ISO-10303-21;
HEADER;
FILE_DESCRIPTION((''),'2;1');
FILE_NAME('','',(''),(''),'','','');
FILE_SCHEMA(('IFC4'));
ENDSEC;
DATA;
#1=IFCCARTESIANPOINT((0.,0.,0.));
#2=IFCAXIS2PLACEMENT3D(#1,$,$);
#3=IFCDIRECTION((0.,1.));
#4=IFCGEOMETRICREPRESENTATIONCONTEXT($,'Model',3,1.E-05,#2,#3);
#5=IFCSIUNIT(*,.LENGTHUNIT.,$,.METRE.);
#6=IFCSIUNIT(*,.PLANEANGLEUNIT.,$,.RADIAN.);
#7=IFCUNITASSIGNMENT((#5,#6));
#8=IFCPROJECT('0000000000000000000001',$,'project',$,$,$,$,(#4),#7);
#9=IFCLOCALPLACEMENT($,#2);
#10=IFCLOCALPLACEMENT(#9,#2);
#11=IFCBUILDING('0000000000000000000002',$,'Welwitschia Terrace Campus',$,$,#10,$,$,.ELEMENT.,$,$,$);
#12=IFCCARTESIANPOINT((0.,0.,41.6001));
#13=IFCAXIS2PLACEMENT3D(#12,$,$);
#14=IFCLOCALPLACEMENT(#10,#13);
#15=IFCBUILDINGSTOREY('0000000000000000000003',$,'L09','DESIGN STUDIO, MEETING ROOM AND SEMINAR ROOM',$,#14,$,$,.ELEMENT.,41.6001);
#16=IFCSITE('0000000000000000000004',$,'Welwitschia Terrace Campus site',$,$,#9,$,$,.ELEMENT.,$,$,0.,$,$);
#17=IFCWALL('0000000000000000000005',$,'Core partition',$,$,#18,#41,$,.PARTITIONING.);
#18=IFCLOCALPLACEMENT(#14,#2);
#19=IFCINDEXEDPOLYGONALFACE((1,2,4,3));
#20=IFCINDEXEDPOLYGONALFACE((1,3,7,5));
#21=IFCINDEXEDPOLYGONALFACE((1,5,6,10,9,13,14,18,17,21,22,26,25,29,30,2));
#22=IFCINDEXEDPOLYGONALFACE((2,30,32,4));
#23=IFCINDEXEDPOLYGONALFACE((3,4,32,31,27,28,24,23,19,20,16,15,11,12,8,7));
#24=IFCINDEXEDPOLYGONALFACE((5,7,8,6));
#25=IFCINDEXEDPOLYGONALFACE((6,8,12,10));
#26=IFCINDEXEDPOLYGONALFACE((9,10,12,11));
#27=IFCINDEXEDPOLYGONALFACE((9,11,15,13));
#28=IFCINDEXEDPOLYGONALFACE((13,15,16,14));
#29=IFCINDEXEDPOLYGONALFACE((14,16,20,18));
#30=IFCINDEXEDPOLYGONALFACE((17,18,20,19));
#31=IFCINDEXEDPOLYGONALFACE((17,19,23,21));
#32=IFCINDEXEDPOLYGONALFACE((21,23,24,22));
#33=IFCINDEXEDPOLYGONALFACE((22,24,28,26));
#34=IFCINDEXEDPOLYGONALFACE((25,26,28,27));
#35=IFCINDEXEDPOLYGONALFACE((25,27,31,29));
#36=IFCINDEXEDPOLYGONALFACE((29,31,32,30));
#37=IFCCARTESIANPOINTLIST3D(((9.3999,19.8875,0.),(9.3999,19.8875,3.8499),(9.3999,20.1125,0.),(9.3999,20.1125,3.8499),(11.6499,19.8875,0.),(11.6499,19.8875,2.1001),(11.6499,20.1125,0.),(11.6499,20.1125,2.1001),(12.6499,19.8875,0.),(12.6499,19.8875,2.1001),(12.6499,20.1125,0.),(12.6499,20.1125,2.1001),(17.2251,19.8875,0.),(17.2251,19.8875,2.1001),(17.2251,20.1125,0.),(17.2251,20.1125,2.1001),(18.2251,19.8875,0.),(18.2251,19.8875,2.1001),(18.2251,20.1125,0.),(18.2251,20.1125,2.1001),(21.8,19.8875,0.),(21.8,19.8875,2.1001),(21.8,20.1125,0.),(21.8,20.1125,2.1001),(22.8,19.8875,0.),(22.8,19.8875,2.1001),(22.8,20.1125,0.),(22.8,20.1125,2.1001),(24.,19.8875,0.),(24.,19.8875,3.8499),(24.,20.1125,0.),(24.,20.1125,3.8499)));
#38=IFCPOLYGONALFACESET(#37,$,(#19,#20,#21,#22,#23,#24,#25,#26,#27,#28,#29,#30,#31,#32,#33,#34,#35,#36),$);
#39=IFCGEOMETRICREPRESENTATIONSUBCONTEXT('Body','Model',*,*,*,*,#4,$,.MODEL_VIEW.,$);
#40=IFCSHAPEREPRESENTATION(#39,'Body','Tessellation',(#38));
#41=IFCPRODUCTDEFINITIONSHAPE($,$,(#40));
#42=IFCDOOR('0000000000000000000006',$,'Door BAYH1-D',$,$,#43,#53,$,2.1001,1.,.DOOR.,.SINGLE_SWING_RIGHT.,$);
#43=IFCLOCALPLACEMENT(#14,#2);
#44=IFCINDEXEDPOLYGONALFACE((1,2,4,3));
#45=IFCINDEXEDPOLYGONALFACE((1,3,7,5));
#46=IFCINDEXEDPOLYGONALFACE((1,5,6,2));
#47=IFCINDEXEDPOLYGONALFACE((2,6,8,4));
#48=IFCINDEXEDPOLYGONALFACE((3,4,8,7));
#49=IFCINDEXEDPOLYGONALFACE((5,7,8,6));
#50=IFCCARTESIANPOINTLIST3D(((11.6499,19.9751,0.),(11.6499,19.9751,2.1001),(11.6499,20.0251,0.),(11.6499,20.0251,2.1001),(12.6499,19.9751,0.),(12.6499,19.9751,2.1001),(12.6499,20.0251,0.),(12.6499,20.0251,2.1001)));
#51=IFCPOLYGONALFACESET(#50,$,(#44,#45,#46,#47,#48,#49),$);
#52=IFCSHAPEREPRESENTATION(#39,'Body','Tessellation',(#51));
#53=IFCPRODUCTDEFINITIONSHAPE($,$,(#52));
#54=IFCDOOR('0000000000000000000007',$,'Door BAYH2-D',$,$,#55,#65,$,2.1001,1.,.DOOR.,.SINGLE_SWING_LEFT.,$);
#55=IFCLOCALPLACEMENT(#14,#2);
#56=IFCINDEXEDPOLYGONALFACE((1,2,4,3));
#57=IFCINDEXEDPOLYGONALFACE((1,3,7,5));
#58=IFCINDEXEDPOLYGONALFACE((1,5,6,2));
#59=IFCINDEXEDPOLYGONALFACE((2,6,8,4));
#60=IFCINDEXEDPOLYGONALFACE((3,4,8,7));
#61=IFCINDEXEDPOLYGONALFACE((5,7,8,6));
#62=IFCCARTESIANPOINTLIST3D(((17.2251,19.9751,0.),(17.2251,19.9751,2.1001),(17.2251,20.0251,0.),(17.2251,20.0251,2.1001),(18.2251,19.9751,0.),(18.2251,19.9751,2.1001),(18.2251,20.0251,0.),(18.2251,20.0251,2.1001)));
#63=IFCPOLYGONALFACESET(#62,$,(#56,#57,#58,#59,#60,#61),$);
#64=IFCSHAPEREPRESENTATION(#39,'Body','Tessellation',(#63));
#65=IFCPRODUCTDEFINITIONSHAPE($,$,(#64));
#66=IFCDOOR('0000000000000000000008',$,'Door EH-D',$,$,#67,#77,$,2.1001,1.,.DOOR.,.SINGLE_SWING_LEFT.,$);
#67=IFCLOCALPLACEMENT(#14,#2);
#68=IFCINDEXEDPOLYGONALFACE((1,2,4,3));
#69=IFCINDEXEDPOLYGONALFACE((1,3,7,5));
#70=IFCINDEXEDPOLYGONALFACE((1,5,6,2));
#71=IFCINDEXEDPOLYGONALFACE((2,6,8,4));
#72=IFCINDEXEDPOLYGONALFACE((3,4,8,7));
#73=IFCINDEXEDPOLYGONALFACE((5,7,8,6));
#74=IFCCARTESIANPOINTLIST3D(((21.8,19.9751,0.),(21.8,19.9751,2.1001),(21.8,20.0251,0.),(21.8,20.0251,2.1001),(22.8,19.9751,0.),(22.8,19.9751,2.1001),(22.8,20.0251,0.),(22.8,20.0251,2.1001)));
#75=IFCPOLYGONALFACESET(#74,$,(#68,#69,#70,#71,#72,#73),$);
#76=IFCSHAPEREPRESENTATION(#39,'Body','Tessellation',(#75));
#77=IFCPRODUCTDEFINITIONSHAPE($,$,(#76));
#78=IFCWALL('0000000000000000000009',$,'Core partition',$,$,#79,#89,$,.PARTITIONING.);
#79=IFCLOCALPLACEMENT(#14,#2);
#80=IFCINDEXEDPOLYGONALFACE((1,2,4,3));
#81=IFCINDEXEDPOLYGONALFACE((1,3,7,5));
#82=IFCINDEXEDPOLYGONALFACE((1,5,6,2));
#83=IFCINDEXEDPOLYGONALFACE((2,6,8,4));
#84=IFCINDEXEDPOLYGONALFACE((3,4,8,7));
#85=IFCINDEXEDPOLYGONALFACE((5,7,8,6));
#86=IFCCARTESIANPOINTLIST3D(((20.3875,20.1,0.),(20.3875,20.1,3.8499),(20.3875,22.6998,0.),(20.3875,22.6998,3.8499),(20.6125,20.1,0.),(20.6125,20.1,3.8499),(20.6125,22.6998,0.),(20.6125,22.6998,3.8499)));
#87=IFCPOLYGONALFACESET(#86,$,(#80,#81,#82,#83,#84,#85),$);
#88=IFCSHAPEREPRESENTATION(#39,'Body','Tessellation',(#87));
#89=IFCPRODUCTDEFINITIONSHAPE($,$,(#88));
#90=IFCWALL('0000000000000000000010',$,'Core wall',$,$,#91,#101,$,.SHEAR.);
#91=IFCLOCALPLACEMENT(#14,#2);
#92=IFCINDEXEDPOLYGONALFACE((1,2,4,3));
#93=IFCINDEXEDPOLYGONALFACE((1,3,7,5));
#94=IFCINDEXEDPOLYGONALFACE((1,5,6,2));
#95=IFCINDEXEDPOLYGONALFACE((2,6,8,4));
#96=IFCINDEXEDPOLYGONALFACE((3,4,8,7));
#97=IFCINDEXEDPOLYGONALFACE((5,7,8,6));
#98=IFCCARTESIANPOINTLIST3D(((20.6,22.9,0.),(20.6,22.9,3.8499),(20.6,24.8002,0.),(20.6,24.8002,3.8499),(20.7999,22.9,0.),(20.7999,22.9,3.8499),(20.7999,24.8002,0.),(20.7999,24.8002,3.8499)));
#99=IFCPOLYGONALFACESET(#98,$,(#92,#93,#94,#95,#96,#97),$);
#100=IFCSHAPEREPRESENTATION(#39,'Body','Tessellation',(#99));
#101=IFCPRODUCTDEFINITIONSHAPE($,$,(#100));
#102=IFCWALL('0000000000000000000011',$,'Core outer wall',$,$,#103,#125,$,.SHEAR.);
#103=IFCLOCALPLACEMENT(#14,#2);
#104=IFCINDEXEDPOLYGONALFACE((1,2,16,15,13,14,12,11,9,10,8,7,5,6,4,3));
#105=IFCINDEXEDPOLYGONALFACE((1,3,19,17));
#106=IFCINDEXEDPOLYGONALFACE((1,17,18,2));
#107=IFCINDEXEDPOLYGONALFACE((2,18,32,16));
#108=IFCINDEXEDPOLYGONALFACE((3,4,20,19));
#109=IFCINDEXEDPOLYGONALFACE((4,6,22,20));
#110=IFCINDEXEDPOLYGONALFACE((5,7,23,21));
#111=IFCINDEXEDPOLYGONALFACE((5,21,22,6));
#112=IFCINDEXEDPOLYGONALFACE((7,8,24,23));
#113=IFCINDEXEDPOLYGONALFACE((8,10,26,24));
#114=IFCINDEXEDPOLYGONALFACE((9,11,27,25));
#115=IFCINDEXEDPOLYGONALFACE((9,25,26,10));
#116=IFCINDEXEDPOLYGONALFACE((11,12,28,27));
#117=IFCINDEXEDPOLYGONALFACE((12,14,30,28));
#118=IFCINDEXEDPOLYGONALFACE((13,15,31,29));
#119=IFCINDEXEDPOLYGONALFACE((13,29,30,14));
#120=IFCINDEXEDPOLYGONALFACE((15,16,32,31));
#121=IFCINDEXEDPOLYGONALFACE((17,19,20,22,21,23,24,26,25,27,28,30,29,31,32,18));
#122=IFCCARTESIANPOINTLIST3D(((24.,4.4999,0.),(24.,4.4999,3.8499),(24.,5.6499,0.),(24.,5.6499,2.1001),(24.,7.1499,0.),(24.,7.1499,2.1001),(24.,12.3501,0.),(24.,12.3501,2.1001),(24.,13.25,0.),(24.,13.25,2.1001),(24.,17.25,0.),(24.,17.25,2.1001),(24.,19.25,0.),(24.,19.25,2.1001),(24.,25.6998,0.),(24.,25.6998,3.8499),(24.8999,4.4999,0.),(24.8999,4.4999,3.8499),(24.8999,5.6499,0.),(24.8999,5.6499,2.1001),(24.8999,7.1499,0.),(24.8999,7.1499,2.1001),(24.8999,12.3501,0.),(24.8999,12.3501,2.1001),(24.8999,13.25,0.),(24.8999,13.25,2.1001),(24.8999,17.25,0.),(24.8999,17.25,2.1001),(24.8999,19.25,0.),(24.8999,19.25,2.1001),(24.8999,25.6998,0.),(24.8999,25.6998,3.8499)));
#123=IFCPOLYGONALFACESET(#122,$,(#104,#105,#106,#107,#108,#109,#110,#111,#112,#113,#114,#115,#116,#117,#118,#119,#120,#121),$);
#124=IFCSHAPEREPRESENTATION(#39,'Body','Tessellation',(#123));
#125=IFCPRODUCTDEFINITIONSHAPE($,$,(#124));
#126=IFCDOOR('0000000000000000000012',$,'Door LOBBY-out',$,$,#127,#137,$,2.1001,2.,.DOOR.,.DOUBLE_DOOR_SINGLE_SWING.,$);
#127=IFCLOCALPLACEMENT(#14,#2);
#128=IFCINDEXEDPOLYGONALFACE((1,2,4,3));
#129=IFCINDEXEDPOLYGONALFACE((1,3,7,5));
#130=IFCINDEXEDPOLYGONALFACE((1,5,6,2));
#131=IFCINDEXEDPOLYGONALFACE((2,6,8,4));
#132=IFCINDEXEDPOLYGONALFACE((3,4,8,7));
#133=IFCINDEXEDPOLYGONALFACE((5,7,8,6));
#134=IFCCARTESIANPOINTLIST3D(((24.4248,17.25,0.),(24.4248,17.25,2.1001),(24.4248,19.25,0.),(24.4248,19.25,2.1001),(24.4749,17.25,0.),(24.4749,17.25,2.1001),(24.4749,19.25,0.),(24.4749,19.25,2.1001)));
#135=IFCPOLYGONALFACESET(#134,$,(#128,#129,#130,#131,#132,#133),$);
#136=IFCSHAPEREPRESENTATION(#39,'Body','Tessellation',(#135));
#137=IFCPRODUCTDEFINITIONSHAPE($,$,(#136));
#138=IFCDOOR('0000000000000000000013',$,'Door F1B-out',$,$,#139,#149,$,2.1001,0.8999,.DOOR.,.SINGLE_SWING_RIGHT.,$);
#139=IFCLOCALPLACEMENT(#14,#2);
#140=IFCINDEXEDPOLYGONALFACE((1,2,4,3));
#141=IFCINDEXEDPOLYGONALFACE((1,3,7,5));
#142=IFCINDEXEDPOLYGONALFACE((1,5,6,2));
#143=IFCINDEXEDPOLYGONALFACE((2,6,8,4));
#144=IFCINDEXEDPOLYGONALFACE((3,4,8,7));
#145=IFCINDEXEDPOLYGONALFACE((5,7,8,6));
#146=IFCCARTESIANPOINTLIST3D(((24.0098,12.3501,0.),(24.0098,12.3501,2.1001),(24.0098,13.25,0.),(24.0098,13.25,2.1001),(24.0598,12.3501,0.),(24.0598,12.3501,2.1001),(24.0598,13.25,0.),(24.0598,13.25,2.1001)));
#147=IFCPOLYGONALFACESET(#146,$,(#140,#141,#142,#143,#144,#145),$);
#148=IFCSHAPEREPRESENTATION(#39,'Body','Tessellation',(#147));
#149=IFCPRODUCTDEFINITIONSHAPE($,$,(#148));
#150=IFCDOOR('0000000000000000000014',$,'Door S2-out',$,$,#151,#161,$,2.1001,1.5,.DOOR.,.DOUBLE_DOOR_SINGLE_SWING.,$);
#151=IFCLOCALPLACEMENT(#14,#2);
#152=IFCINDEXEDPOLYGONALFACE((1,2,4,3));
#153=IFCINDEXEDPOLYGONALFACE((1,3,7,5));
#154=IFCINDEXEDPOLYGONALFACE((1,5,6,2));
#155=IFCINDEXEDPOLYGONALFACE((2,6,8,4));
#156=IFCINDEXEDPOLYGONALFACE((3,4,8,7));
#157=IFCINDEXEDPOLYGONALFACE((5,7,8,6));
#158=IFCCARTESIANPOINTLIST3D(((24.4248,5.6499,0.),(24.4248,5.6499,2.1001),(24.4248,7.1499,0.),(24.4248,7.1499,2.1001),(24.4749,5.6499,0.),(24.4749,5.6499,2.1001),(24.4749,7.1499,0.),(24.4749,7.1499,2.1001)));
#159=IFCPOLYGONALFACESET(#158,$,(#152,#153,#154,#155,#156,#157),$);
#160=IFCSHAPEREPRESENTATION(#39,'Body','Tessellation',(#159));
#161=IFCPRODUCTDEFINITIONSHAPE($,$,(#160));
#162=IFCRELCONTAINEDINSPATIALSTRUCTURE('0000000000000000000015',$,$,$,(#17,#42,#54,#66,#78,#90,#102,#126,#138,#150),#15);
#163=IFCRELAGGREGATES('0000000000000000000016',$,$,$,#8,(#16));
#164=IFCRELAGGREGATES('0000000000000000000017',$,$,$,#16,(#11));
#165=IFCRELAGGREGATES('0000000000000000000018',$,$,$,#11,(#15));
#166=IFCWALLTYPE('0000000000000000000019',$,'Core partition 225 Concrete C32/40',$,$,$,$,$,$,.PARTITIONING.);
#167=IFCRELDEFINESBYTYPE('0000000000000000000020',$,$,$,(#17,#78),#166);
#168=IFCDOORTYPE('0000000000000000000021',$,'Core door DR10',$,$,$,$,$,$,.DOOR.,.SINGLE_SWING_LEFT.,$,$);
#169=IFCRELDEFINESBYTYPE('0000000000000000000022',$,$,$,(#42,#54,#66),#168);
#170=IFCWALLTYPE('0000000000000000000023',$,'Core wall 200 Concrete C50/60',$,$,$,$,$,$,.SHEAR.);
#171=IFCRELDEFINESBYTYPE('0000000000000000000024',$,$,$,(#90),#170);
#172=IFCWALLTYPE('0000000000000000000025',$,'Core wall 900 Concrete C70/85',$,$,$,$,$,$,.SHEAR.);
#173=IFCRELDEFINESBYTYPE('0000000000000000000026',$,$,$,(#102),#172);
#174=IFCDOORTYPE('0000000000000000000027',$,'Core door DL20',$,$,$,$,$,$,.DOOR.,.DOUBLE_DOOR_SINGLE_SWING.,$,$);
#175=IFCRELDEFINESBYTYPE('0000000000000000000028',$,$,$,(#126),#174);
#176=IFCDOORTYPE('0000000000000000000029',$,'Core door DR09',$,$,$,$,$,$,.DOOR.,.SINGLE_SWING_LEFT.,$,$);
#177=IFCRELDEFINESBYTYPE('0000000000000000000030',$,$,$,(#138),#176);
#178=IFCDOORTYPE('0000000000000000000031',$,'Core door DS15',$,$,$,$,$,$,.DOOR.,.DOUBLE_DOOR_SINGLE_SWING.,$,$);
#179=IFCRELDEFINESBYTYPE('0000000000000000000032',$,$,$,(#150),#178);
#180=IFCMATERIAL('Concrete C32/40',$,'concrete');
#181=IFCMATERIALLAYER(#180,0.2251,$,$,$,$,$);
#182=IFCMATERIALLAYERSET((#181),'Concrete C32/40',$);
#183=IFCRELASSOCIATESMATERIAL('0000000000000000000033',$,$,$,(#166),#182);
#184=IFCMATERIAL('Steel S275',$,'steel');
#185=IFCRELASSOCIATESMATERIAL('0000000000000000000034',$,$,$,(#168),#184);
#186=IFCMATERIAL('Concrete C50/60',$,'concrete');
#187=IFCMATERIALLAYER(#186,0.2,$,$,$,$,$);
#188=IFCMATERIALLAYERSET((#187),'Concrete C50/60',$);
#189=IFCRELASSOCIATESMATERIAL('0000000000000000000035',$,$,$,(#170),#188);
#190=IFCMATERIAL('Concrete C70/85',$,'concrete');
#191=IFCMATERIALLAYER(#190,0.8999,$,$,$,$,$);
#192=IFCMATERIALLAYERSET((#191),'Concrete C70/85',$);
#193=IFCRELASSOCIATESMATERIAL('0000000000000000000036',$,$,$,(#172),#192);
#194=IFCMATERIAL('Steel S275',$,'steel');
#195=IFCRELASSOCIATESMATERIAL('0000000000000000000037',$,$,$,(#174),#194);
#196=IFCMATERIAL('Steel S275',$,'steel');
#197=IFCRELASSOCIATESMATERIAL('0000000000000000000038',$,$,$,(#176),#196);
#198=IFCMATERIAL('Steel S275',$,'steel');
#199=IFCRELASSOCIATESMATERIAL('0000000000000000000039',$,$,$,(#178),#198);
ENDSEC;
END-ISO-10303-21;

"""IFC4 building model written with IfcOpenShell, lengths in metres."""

from ifc_helpers import new_model, si_unit, direction, frame, frame_2d, origin, place, context, subcontext, project, spatial, rectangle, extrude, material, layer, layer_set, type_object, element, fill, save


model = new_model("IFC4")

# Units and contexts
model_context = context("Model", 3, precision=1e-05, world=origin(), true_north=direction((0.0, 1.0)))
body_context = subcontext(model_context, "Body", "Model", "MODEL_VIEW")
ifc_project = project(units=[si_unit("LENGTHUNIT", "METRE"), si_unit("PLANEANGLEUNIT", "RADIAN")], contexts=[model_context])

# Site, building, storey
site_placement = place(None, origin())
site = spatial("IfcSite", under=ifc_project, at=site_placement, Name="Welwitschia Terrace Campus site", CompositionType="ELEMENT", RefElevation=0.0)
building_placement = place(site_placement, origin())
building = spatial("IfcBuilding", under=site, at=building_placement, Name="Welwitschia Terrace Campus", CompositionType="ELEMENT")
storey_placement = place(building_placement, frame((0.0, 0.0, 41.6001)))
storey = spatial("IfcBuildingStorey", under=building, at=storey_placement, Name="L09", Description="DESIGN STUDIO, MEETING ROOM AND SEMINAR ROOM", CompositionType="ELEMENT", Elevation=41.6001)

# Wall, openings, doors
ifc_material_1 = material(Name="Concrete C32/40", Category="concrete")
ifc_layer_1 = layer(ifc_material_1, 0.2251)
ifc_layer_set_1 = layer_set([ifc_layer_1], Name="Concrete C32/40")
wall_type_1 = type_object("IfcWallType", Name="Core partition 225 Concrete C32/40", PredefinedType="PARTITIONING", material=ifc_layer_set_1)
wall_1_placement = place(storey_placement, frame((24.0, 20.0, 0.0), z_axis=(0.0, 0.0, 1.0), x_axis=(-1.0, 0.0, 0.0)))
wall_1 = element("IfcWall", 1, at=wall_1_placement, inside=storey, type_object=wall_type_1, Name="Core partition", PredefinedType="PARTITIONING", context=body_context, shape_type="SweptSolid", body=[
    extrude(rectangle(XDim=14.6001, YDim=0.2251, at=frame_2d((7.3, 0.0))), origin(), (0.0, 0.0, 1.0), 3.8499),
])
opening_1_placement = place(wall_1_placement, frame((11.3501, 0.0, 0.0)))
opening_1 = element("IfcOpeningElement", 2, at=opening_1_placement, cuts=wall_1, PredefinedType="OPENING", context=body_context, shape_type="SweptSolid", body=[
    extrude(rectangle(XDim=1.0, YDim=2.1001, at=frame_2d((0.5, 1.05))), frame((0.0, 0.1226, 0.0), z_axis=(0.0, -1.0, 0.0), x_axis=(1.0, 0.0, 0.0)), (0.0, 0.0, 1.0), 0.2451),
])
opening_2_placement = place(wall_1_placement, frame((5.7749, 0.0, 0.0)))
opening_2 = element("IfcOpeningElement", 3, at=opening_2_placement, cuts=wall_1, PredefinedType="OPENING", context=body_context, shape_type="SweptSolid", body=[
    extrude(rectangle(XDim=1.0, YDim=2.1001, at=frame_2d((0.5, 1.05))), frame((0.0, 0.1226, 0.0), z_axis=(0.0, -1.0, 0.0), x_axis=(1.0, 0.0, 0.0)), (0.0, 0.0, 1.0), 0.2451),
])
opening_3_placement = place(wall_1_placement, frame((1.2, 0.0, 0.0)))
opening_3 = element("IfcOpeningElement", 4, at=opening_3_placement, cuts=wall_1, PredefinedType="OPENING", context=body_context, shape_type="SweptSolid", body=[
    extrude(rectangle(XDim=1.0, YDim=2.1001, at=frame_2d((0.5, 1.05))), frame((0.0, 0.1226, 0.0), z_axis=(0.0, -1.0, 0.0), x_axis=(1.0, 0.0, 0.0)), (0.0, 0.0, 1.0), 0.2451),
])
ifc_material_2 = material(Name="Steel S275", Category="steel")
door_type_1 = type_object("IfcDoorType", Name="Core door DR10", OperationType="SINGLE_SWING_LEFT", PredefinedType="DOOR", material=ifc_material_2)
door_1_placement = place(opening_1_placement, origin())
door_1 = element("IfcDoor", 5, at=door_1_placement, inside=storey, type_object=door_type_1, Name="Door BAYH1-D", OperationType="SINGLE_SWING_RIGHT", OverallHeight=2.1001, OverallWidth=1.0, PredefinedType="DOOR", context=body_context, shape_type="SweptSolid", body=[
    extrude(rectangle(XDim=1.0, YDim=2.1001, at=frame_2d((0.5, 1.05))), frame((0.0, 0.0249, 0.0), z_axis=(0.0, -1.0, 0.0), x_axis=(1.0, 0.0, 0.0)), (0.0, 0.0, 1.0), 0.05),
])
fill(opening_1, door_1)
door_2_placement = place(opening_2_placement, origin())
door_2 = element("IfcDoor", 6, at=door_2_placement, inside=storey, type_object=door_type_1, Name="Door BAYH2-D", OperationType="SINGLE_SWING_LEFT", OverallHeight=2.1001, OverallWidth=1.0, PredefinedType="DOOR", context=body_context, shape_type="SweptSolid", body=[
    extrude(rectangle(XDim=1.0, YDim=2.1001, at=frame_2d((0.5, 1.05))), frame((0.0, 0.0249, 0.0), z_axis=(0.0, -1.0, 0.0), x_axis=(1.0, 0.0, 0.0)), (0.0, 0.0, 1.0), 0.05),
])
fill(opening_2, door_2)
door_3_placement = place(opening_3_placement, origin())
door_3 = element("IfcDoor", 7, at=door_3_placement, inside=storey, type_object=door_type_1, Name="Door EH-D", OperationType="SINGLE_SWING_LEFT", OverallHeight=2.1001, OverallWidth=1.0, PredefinedType="DOOR", context=body_context, shape_type="SweptSolid", body=[
    extrude(rectangle(XDim=1.0, YDim=2.1001, at=frame_2d((0.5, 1.05))), frame((0.0, 0.0249, 0.0), z_axis=(0.0, -1.0, 0.0), x_axis=(1.0, 0.0, 0.0)), (0.0, 0.0, 1.0), 0.05),
])
fill(opening_3, door_3)

# Walls
wall_2_placement = place(storey_placement, frame((20.5, 20.1001, 0.0), z_axis=(0.0, 0.0, 1.0), x_axis=(0.0, 1.0, 0.0)))
element("IfcWall", 8, at=wall_2_placement, inside=storey, type_object=wall_type_1, Name="Core partition", PredefinedType="PARTITIONING", context=body_context, shape_type="SweptSolid", body=[
    extrude(rectangle(XDim=2.5999, YDim=0.2251, at=frame_2d((1.2998, 0.0))), origin(), (0.0, 0.0, 1.0), 3.8499),
])
ifc_material_3 = material(Name="Concrete C50/60", Category="concrete")
ifc_layer_2 = layer(ifc_material_3, 0.2)
ifc_layer_set_2 = layer_set([ifc_layer_2], Name="Concrete C50/60")
wall_type_2 = type_object("IfcWallType", Name="Core wall 200 Concrete C50/60", PredefinedType="SHEAR", material=ifc_layer_set_2)
wall_3_placement = place(storey_placement, frame((20.7, 22.8999, 0.0), z_axis=(0.0, 0.0, 1.0), x_axis=(0.0, 1.0, 0.0)))
element("IfcWall", 9, at=wall_3_placement, inside=storey, type_object=wall_type_2, Name="Core wall", PredefinedType="SHEAR", context=body_context, shape_type="SweptSolid", body=[
    extrude(rectangle(XDim=1.9001, YDim=0.2, at=frame_2d((0.9502, 0.0))), origin(), (0.0, 0.0, 1.0), 3.8499),
])

# Wall, openings, doors
ifc_material_4 = material(Name="Concrete C70/85", Category="concrete")
ifc_layer_3 = layer(ifc_material_4, 0.8999)
ifc_layer_set_3 = layer_set([ifc_layer_3], Name="Concrete C70/85")
wall_type_3 = type_object("IfcWallType", Name="Core wall 900 Concrete C70/85", PredefinedType="SHEAR", material=ifc_layer_set_3)
wall_4_placement = place(storey_placement, frame((24.45, 25.7, 0.0), z_axis=(0.0, 0.0, 1.0), x_axis=(0.0, -1.0, 0.0)))
wall_4 = element("IfcWall", 10, at=wall_4_placement, inside=storey, type_object=wall_type_3, Name="Core outer wall", PredefinedType="SHEAR", context=body_context, shape_type="SweptSolid", body=[
    extrude(rectangle(XDim=21.2, YDim=0.8999, at=frame_2d((10.6001, 0.0))), origin(), (0.0, 0.0, 1.0), 3.8499),
])
opening_4_placement = place(wall_4_placement, frame((18.55, 0.0, 0.0)))
opening_4 = element("IfcOpeningElement", 11, at=opening_4_placement, cuts=wall_4, PredefinedType="OPENING", context=body_context, shape_type="SweptSolid", body=[
    extrude(rectangle(XDim=1.5, YDim=2.1001, at=frame_2d((0.75, 1.05))), frame((0.0, 0.46, 0.0), z_axis=(0.0, -1.0, 0.0), x_axis=(1.0, 0.0, 0.0)), (0.0, 0.0, 1.0), 0.9199),
])
opening_5_placement = place(wall_4_placement, frame((12.45, 0.0, 0.0)))
opening_5 = element("IfcOpeningElement", 12, at=opening_5_placement, cuts=wall_4, PredefinedType="OPENING", context=body_context, shape_type="SweptSolid", body=[
    extrude(rectangle(XDim=0.8999, YDim=2.1001, at=frame_2d((0.45, 1.05))), frame((0.0, 0.46, 0.0), z_axis=(0.0, -1.0, 0.0), x_axis=(1.0, 0.0, 0.0)), (0.0, 0.0, 1.0), 0.9199),
])
opening_6_placement = place(wall_4_placement, frame((6.45, 0.0, 0.0)))
opening_6 = element("IfcOpeningElement", 13, at=opening_6_placement, cuts=wall_4, PredefinedType="OPENING", context=body_context, shape_type="SweptSolid", body=[
    extrude(rectangle(XDim=2.0, YDim=2.1001, at=frame_2d((1.0, 1.05))), frame((0.0, 0.46, 0.0), z_axis=(0.0, -1.0, 0.0), x_axis=(1.0, 0.0, 0.0)), (0.0, 0.0, 1.0), 0.9199),
])
ifc_material_5 = material(Name="Steel S275", Category="steel")
door_type_2 = type_object("IfcDoorType", Name="Core door DL20", OperationType="DOUBLE_DOOR_SINGLE_SWING", PredefinedType="DOOR", material=ifc_material_5)
door_4_placement = place(opening_6_placement, origin())
door_4 = element("IfcDoor", 14, at=door_4_placement, inside=storey, type_object=door_type_2, Name="Door LOBBY-out", OperationType="DOUBLE_DOOR_SINGLE_SWING", OverallHeight=2.1001, OverallWidth=2.0, PredefinedType="DOOR", context=body_context, shape_type="SweptSolid", body=[
    extrude(rectangle(XDim=2.0, YDim=2.1001, at=frame_2d((1.0, 1.05))), frame((0.0, 0.0249, 0.0), z_axis=(0.0, -1.0, 0.0), x_axis=(1.0, 0.0, 0.0)), (0.0, 0.0, 1.0), 0.05),
])
fill(opening_6, door_4)
ifc_material_6 = material(Name="Steel S275", Category="steel")
door_type_3 = type_object("IfcDoorType", Name="Core door DR09", OperationType="SINGLE_SWING_LEFT", PredefinedType="DOOR", material=ifc_material_6)
door_5_placement = place(opening_5_placement, origin())
door_5 = element("IfcDoor", 15, at=door_5_placement, inside=storey, type_object=door_type_3, Name="Door F1B-out", OperationType="SINGLE_SWING_RIGHT", OverallHeight=2.1001, OverallWidth=0.8999, PredefinedType="DOOR", context=body_context, shape_type="SweptSolid", body=[
    extrude(rectangle(XDim=0.8999, YDim=2.1001, at=frame_2d((0.45, 1.05))), frame((0.0, -0.3901, 0.0), z_axis=(0.0, -1.0, 0.0), x_axis=(1.0, 0.0, 0.0)), (0.0, 0.0, 1.0), 0.05),
])
fill(opening_5, door_5)
ifc_material_7 = material(Name="Steel S275", Category="steel")
door_type_4 = type_object("IfcDoorType", Name="Core door DS15", OperationType="DOUBLE_DOOR_SINGLE_SWING", PredefinedType="DOOR", material=ifc_material_7)
door_6_placement = place(opening_4_placement, origin())
door_6 = element("IfcDoor", 16, at=door_6_placement, inside=storey, type_object=door_type_4, Name="Door S2-out", OperationType="DOUBLE_DOOR_SINGLE_SWING", OverallHeight=2.1001, OverallWidth=1.5, PredefinedType="DOOR", context=body_context, shape_type="SweptSolid", body=[
    extrude(rectangle(XDim=1.5, YDim=2.1001, at=frame_2d((0.75, 1.05))), frame((0.0, 0.0249, 0.0), z_axis=(0.0, -1.0, 0.0), x_axis=(1.0, 0.0, 0.0)), (0.0, 0.0, 1.0), 0.05),
])
fill(opening_4, door_6)

save(model, "model.ifc")
